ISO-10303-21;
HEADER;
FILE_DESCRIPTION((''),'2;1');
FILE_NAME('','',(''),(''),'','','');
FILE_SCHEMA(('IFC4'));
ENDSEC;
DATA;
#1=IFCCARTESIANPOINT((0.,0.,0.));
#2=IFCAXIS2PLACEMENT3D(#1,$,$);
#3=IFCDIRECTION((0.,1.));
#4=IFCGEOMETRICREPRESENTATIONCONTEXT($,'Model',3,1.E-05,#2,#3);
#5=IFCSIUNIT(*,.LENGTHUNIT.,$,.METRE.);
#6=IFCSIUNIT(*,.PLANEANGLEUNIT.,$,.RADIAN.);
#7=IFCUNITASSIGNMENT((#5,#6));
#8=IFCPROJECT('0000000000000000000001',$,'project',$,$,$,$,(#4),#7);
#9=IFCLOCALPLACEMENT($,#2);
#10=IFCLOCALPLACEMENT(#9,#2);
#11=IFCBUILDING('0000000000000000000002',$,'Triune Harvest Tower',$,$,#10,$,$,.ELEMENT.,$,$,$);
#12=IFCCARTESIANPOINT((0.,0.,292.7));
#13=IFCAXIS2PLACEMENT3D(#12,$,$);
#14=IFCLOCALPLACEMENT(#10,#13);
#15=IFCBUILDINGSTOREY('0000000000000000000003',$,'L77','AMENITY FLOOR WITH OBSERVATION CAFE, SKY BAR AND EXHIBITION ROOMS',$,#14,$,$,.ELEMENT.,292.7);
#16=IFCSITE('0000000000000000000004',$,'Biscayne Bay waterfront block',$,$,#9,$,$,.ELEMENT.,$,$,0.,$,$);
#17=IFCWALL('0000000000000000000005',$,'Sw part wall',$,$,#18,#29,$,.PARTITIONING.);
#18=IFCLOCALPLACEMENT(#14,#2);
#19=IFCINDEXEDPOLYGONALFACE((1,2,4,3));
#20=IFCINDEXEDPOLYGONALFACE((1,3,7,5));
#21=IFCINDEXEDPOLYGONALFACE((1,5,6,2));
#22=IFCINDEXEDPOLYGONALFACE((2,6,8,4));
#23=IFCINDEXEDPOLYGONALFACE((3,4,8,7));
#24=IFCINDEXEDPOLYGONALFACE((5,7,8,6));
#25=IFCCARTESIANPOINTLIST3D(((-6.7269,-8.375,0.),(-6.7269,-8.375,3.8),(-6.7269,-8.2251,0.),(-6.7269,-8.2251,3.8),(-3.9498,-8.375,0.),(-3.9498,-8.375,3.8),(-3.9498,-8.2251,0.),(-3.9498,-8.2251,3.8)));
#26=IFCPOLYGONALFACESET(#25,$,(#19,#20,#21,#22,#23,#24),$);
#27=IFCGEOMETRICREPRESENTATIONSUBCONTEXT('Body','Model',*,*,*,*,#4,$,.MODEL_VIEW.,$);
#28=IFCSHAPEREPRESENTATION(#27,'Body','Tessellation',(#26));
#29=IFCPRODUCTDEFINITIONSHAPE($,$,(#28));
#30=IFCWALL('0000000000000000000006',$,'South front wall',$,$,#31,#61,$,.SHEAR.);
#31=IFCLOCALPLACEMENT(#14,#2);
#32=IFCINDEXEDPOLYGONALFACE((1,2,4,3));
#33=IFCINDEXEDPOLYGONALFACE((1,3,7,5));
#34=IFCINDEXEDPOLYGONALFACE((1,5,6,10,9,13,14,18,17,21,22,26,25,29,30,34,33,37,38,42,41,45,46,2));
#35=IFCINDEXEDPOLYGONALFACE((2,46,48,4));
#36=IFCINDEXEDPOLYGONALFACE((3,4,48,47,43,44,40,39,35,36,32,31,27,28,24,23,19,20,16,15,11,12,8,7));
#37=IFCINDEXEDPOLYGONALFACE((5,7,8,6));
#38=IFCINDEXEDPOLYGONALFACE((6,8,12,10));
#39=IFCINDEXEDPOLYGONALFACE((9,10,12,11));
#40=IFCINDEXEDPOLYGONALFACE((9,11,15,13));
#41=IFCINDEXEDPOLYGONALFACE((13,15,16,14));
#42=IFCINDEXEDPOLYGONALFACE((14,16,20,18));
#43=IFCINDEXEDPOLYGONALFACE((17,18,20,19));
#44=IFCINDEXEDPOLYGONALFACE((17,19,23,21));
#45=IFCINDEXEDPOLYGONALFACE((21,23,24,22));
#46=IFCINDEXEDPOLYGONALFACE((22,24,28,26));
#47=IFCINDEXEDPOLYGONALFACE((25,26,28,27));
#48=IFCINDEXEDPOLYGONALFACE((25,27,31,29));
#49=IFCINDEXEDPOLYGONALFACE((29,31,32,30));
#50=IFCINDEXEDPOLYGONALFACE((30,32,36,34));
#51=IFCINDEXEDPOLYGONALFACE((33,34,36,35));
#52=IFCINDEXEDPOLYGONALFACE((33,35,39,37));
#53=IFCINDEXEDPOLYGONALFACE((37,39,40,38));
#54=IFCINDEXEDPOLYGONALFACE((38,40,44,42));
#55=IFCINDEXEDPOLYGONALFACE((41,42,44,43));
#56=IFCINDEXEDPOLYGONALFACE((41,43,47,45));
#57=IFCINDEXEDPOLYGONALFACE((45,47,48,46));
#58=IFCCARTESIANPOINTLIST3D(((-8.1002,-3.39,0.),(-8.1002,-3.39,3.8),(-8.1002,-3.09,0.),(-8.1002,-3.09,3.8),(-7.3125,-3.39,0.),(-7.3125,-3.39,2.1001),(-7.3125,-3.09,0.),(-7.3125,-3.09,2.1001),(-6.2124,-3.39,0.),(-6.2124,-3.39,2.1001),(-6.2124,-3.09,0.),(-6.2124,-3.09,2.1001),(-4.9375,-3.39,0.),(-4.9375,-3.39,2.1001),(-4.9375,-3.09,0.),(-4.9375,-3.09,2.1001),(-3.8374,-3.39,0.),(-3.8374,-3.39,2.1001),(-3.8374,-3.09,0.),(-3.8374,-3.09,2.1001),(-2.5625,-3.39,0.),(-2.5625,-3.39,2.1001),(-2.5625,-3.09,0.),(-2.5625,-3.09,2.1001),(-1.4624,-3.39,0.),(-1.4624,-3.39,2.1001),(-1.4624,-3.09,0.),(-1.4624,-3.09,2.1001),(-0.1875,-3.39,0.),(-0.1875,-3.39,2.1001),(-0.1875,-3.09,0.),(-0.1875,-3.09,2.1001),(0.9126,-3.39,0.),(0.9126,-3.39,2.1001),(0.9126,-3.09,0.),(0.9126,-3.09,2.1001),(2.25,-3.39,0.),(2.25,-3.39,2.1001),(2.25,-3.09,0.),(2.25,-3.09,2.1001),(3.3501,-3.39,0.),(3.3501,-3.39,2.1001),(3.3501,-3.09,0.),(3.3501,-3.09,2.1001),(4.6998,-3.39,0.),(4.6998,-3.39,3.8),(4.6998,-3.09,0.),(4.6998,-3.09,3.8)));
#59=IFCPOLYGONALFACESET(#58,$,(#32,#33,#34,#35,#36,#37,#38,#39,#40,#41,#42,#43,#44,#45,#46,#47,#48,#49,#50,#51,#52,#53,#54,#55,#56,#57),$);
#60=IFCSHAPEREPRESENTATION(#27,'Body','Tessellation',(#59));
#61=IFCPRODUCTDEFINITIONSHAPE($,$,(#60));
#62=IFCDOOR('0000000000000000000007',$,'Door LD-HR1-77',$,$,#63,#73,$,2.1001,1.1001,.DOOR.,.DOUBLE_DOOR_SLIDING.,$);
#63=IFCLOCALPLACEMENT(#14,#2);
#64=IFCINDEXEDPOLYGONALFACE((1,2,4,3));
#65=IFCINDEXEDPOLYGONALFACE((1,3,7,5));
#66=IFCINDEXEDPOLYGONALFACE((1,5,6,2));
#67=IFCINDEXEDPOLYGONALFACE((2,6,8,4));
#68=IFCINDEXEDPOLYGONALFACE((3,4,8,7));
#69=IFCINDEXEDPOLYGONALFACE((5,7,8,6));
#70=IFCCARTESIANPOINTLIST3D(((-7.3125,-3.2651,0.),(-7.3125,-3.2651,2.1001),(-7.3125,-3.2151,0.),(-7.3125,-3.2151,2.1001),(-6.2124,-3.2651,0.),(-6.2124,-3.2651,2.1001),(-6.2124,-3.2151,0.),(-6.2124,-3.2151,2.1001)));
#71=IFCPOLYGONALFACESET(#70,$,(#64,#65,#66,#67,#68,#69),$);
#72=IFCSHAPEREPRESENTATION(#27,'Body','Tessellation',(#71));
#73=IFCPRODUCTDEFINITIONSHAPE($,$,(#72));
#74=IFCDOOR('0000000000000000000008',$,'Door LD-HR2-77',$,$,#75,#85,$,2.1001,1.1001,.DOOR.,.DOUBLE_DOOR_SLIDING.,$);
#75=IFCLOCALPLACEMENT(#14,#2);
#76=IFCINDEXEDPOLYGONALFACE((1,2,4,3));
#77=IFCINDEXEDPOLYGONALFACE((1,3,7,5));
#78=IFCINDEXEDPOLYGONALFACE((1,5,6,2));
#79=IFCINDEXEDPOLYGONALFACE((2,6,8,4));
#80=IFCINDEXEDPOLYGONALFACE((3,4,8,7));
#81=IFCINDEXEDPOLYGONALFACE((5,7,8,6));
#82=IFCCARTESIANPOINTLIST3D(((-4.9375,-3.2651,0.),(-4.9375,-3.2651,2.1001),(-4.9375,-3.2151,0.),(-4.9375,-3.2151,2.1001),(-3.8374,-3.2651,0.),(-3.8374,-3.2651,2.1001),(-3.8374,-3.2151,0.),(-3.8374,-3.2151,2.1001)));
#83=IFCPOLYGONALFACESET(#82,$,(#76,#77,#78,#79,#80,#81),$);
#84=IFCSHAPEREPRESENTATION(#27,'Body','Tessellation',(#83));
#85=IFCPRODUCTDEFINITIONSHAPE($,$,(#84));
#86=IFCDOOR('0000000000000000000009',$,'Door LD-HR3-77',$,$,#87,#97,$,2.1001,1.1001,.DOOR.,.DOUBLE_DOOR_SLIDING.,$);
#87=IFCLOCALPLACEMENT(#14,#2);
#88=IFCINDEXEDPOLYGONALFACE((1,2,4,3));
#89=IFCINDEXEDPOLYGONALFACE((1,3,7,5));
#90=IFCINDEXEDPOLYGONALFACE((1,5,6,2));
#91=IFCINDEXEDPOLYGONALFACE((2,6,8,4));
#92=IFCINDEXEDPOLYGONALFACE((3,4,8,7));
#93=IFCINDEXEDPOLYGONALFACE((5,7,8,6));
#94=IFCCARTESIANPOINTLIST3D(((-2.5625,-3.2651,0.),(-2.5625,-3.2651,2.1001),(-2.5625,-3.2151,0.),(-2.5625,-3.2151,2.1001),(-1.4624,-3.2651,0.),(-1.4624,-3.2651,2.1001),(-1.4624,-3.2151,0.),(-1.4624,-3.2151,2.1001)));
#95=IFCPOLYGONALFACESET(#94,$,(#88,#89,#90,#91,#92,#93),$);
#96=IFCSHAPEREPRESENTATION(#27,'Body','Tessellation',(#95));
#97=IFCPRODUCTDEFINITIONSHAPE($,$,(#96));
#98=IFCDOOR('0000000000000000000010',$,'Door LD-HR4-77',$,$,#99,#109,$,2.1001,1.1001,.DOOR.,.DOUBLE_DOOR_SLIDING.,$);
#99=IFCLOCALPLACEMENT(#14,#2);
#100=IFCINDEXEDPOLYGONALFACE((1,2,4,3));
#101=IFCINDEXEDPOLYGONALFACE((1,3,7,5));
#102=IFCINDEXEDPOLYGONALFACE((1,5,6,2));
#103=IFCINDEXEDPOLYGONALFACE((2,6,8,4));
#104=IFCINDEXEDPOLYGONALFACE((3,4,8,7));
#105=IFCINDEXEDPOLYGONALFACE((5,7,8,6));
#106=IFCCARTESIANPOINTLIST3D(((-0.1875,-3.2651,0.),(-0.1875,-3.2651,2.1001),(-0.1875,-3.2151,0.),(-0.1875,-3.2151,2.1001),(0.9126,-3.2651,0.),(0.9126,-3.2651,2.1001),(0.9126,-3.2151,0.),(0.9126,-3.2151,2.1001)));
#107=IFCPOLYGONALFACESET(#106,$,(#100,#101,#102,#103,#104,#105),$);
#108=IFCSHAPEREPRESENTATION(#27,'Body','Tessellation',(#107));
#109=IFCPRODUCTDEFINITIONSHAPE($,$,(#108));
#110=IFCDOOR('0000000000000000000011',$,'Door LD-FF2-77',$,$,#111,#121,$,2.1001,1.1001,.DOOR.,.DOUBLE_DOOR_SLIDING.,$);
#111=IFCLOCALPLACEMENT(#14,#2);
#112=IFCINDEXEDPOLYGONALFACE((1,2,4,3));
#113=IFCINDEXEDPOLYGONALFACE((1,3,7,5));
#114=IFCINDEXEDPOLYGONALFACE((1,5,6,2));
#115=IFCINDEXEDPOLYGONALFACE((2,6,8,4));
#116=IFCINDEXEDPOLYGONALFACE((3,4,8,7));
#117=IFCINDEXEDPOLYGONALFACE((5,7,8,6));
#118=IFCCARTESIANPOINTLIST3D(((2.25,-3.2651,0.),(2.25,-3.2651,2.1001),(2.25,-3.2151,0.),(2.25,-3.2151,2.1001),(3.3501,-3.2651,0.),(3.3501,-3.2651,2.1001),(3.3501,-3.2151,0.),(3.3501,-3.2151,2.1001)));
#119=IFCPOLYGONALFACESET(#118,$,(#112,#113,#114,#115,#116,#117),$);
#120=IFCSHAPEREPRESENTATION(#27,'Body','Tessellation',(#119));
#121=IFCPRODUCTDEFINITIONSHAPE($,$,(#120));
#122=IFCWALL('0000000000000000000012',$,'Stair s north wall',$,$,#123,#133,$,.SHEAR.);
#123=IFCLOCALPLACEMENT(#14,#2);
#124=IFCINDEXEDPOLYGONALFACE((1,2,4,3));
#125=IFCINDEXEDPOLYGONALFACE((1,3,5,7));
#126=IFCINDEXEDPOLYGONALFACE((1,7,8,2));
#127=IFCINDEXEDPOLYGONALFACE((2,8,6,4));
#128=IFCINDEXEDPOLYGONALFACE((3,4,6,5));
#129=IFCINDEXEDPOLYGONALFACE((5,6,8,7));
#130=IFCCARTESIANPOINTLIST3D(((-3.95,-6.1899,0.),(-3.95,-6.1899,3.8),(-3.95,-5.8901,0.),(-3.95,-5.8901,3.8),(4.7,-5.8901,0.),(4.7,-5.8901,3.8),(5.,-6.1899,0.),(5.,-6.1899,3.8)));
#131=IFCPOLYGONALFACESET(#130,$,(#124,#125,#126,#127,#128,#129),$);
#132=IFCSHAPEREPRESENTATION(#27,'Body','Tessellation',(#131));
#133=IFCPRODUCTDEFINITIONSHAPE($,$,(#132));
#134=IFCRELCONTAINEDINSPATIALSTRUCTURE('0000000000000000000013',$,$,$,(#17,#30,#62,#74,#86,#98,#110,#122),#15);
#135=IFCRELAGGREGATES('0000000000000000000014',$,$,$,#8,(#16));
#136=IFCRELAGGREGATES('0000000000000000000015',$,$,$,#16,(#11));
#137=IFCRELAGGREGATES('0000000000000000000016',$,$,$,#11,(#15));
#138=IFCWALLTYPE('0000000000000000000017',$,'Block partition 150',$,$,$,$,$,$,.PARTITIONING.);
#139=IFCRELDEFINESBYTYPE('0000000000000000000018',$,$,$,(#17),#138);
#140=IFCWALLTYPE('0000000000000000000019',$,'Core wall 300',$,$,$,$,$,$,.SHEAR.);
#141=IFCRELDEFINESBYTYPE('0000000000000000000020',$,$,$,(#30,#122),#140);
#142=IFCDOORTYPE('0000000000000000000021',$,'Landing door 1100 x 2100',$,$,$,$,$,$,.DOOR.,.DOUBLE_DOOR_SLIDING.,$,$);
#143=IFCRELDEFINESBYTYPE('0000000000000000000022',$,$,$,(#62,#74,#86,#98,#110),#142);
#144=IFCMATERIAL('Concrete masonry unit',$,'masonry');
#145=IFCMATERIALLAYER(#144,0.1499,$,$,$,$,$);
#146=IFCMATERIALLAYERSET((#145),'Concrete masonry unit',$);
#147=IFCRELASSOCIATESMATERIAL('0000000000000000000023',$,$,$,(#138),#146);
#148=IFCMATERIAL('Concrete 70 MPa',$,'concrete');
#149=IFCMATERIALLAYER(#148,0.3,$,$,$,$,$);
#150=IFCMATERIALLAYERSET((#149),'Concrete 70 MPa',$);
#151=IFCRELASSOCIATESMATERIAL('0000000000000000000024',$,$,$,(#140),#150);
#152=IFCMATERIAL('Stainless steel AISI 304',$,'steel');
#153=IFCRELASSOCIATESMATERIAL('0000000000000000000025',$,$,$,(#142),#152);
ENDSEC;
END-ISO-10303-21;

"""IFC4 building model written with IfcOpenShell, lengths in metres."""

from ifc_helpers import new_model, si_unit, direction, frame, frame_2d, origin, place, context, subcontext, project, spatial, polyline, rectangle, outline, extrude, material, layer, layer_set, type_object, element, fill, save


model = new_model("IFC4")

# Units and contexts
model_context = context("Model", 3, precision=1e-05, world=origin(), true_north=direction((0.0, 1.0)))
body_context = subcontext(model_context, "Body", "Model", "MODEL_VIEW")
ifc_project = project(units=[si_unit("LENGTHUNIT", "METRE"), si_unit("PLANEANGLEUNIT", "RADIAN")], contexts=[model_context])

# Site, building, storey
site_placement = place(None, origin())
site = spatial("IfcSite", under=ifc_project, at=site_placement, Name="Biscayne Bay waterfront block", CompositionType="ELEMENT", RefElevation=0.0)
building_placement = place(site_placement, origin())
building = spatial("IfcBuilding", under=site, at=building_placement, Name="Triune Harvest Tower", CompositionType="ELEMENT")
storey_placement = place(building_placement, frame((0.0, 0.0, 292.7)))
storey = spatial("IfcBuildingStorey", under=building, at=storey_placement, Name="L77", Description="AMENITY FLOOR WITH OBSERVATION CAFE, SKY BAR AND EXHIBITION ROOMS", CompositionType="ELEMENT", Elevation=292.7)

# Wall
ifc_material_1 = material(Name="Concrete masonry unit", Category="masonry")
ifc_layer_1 = layer(ifc_material_1, 0.1499)
ifc_layer_set_1 = layer_set([ifc_layer_1], Name="Concrete masonry unit")
wall_type_1 = type_object("IfcWallType", Name="Block partition 150", PredefinedType="PARTITIONING", material=ifc_layer_set_1)
wall_1_placement = place(storey_placement, frame((-6.7271, -8.3, 0.0), z_axis=(0.0, 0.0, 1.0), x_axis=(1.0, 0.0, 0.0)))
element("IfcWall", 1, at=wall_1_placement, inside=storey, type_object=wall_type_1, Name="Sw part wall", PredefinedType="PARTITIONING", context=body_context, shape_type="SweptSolid", body=[
    extrude(rectangle(XDim=2.7771, YDim=0.1499, at=frame_2d((1.3887, 0.0))), origin(), (0.0, 0.0, 1.0), 3.8),
])

# Wall, openings, doors
ifc_material_2 = material(Name="Concrete 70 MPa", Category="concrete")
ifc_layer_2 = layer(ifc_material_2, 0.3)
ifc_layer_set_2 = layer_set([ifc_layer_2], Name="Concrete 70 MPa")
wall_type_2 = type_object("IfcWallType", Name="Core wall 300", PredefinedType="SHEAR", material=ifc_layer_set_2)
wall_2_placement = place(storey_placement, frame((-8.1001, -3.24, 0.0), z_axis=(0.0, 0.0, 1.0), x_axis=(1.0, 0.0, 0.0)))
wall_2 = element("IfcWall", 2, at=wall_2_placement, inside=storey, type_object=wall_type_2, Name="South front wall", PredefinedType="SHEAR", context=body_context, shape_type="SweptSolid", body=[
    extrude(rectangle(XDim=12.8, YDim=0.3, at=frame_2d((6.3999, 0.0))), origin(), (0.0, 0.0, 1.0), 3.8),
])
opening_1_placement = place(wall_2_placement, frame((0.7876, 0.0, 0.0)))
opening_1 = element("IfcOpeningElement", 3, at=opening_1_placement, cuts=wall_2, PredefinedType="OPENING", context=body_context, shape_type="SweptSolid", body=[
    extrude(rectangle(XDim=1.1001, YDim=2.1001, at=frame_2d((0.55, 1.05))), frame((0.0, 0.1602, 0.0), z_axis=(0.0, -1.0, 0.0), x_axis=(1.0, 0.0, 0.0)), (0.0, 0.0, 1.0), 0.3201),
])
opening_2_placement = place(wall_2_placement, frame((3.1626, 0.0, 0.0)))
opening_2 = element("IfcOpeningElement", 4, at=opening_2_placement, cuts=wall_2, PredefinedType="OPENING", context=body_context, shape_type="SweptSolid", body=[
    extrude(rectangle(XDim=1.1001, YDim=2.1001, at=frame_2d((0.55, 1.05))), frame((0.0, 0.1602, 0.0), z_axis=(0.0, -1.0, 0.0), x_axis=(1.0, 0.0, 0.0)), (0.0, 0.0, 1.0), 0.3201),
])
opening_3_placement = place(wall_2_placement, frame((5.5376, 0.0, 0.0)))
opening_3 = element("IfcOpeningElement", 5, at=opening_3_placement, cuts=wall_2, PredefinedType="OPENING", context=body_context, shape_type="SweptSolid", body=[
    extrude(rectangle(XDim=1.1001, YDim=2.1001, at=frame_2d((0.55, 1.05))), frame((0.0, 0.1602, 0.0), z_axis=(0.0, -1.0, 0.0), x_axis=(1.0, 0.0, 0.0)), (0.0, 0.0, 1.0), 0.3201),
])
opening_4_placement = place(wall_2_placement, frame((7.9126, 0.0, 0.0)))
opening_4 = element("IfcOpeningElement", 6, at=opening_4_placement, cuts=wall_2, PredefinedType="OPENING", context=body_context, shape_type="SweptSolid", body=[
    extrude(rectangle(XDim=1.1001, YDim=2.1001, at=frame_2d((0.55, 1.05))), frame((0.0, 0.1602, 0.0), z_axis=(0.0, -1.0, 0.0), x_axis=(1.0, 0.0, 0.0)), (0.0, 0.0, 1.0), 0.3201),
])
opening_5_placement = place(wall_2_placement, frame((10.3501, 0.0, 0.0)))
opening_5 = element("IfcOpeningElement", 7, at=opening_5_placement, cuts=wall_2, PredefinedType="OPENING", context=body_context, shape_type="SweptSolid", body=[
    extrude(rectangle(XDim=1.1001, YDim=2.1001, at=frame_2d((0.55, 1.05))), frame((0.0, 0.1602, 0.0), z_axis=(0.0, -1.0, 0.0), x_axis=(1.0, 0.0, 0.0)), (0.0, 0.0, 1.0), 0.3201),
])
ifc_material_3 = material(Name="Stainless steel AISI 304", Category="steel")
door_type_1 = type_object("IfcDoorType", Name="Landing door 1100 x 2100", OperationType="DOUBLE_DOOR_SLIDING", PredefinedType="DOOR", material=ifc_material_3)
door_1_placement = place(opening_1_placement, origin())
door_1 = element("IfcDoor", 8, at=door_1_placement, inside=storey, type_object=door_type_1, Name="Door LD-HR1-77", OperationType="DOUBLE_DOOR_SLIDING", OverallHeight=2.1001, OverallWidth=1.1001, PredefinedType="DOOR", context=body_context, shape_type="SweptSolid", body=[
    extrude(rectangle(XDim=1.1001, YDim=2.1001, at=frame_2d((0.55, 1.05))), frame((0.0, 0.0249, 0.0), z_axis=(0.0, -1.0, 0.0), x_axis=(1.0, 0.0, 0.0)), (0.0, 0.0, 1.0), 0.05),
])
fill(opening_1, door_1)
door_2_placement = place(opening_2_placement, origin())
door_2 = element("IfcDoor", 9, at=door_2_placement, inside=storey, type_object=door_type_1, Name="Door LD-HR2-77", OperationType="DOUBLE_DOOR_SLIDING", OverallHeight=2.1001, OverallWidth=1.1001, PredefinedType="DOOR", context=body_context, shape_type="SweptSolid", body=[
    extrude(rectangle(XDim=1.1001, YDim=2.1001, at=frame_2d((0.55, 1.05))), frame((0.0, 0.0249, 0.0), z_axis=(0.0, -1.0, 0.0), x_axis=(1.0, 0.0, 0.0)), (0.0, 0.0, 1.0), 0.05),
])
fill(opening_2, door_2)
door_3_placement = place(opening_3_placement, origin())
door_3 = element("IfcDoor", 10, at=door_3_placement, inside=storey, type_object=door_type_1, Name="Door LD-HR3-77", OperationType="DOUBLE_DOOR_SLIDING", OverallHeight=2.1001, OverallWidth=1.1001, PredefinedType="DOOR", context=body_context, shape_type="SweptSolid", body=[
    extrude(rectangle(XDim=1.1001, YDim=2.1001, at=frame_2d((0.55, 1.05))), frame((0.0, 0.0249, 0.0), z_axis=(0.0, -1.0, 0.0), x_axis=(1.0, 0.0, 0.0)), (0.0, 0.0, 1.0), 0.05),
])
fill(opening_3, door_3)
door_4_placement = place(opening_4_placement, origin())
door_4 = element("IfcDoor", 11, at=door_4_placement, inside=storey, type_object=door_type_1, Name="Door LD-HR4-77", OperationType="DOUBLE_DOOR_SLIDING", OverallHeight=2.1001, OverallWidth=1.1001, PredefinedType="DOOR", context=body_context, shape_type="SweptSolid", body=[
    extrude(rectangle(XDim=1.1001, YDim=2.1001, at=frame_2d((0.55, 1.05))), frame((0.0, 0.0249, 0.0), z_axis=(0.0, -1.0, 0.0), x_axis=(1.0, 0.0, 0.0)), (0.0, 0.0, 1.0), 0.05),
])
fill(opening_4, door_4)
door_5_placement = place(opening_5_placement, origin())
door_5 = element("IfcDoor", 12, at=door_5_placement, inside=storey, type_object=door_type_1, Name="Door LD-FF2-77", OperationType="DOUBLE_DOOR_SLIDING", OverallHeight=2.1001, OverallWidth=1.1001, PredefinedType="DOOR", context=body_context, shape_type="SweptSolid", body=[
    extrude(rectangle(XDim=1.1001, YDim=2.1001, at=frame_2d((0.55, 1.05))), frame((0.0, 0.0249, 0.0), z_axis=(0.0, -1.0, 0.0), x_axis=(1.0, 0.0, 0.0)), (0.0, 0.0, 1.0), 0.05),
])
fill(opening_5, door_5)

# Wall
wall_3_placement = place(storey_placement, frame((-3.95, -6.04, 0.0), z_axis=(0.0, 0.0, 1.0), x_axis=(1.0, 0.0, 0.0)))
element("IfcWall", 13, at=wall_3_placement, inside=storey, type_object=wall_type_2, Name="Stair s north wall", PredefinedType="SHEAR", context=body_context, shape_type="SweptSolid", body=[
    extrude(outline(polyline([(0.0, -0.1499), (8.95, -0.1499), (8.6499, 0.1499), (0.0, 0.1499), (0.0, -0.1499)])), origin(), (0.0, 0.0, 1.0), 3.8),
])

save(model, "model.ifc")
